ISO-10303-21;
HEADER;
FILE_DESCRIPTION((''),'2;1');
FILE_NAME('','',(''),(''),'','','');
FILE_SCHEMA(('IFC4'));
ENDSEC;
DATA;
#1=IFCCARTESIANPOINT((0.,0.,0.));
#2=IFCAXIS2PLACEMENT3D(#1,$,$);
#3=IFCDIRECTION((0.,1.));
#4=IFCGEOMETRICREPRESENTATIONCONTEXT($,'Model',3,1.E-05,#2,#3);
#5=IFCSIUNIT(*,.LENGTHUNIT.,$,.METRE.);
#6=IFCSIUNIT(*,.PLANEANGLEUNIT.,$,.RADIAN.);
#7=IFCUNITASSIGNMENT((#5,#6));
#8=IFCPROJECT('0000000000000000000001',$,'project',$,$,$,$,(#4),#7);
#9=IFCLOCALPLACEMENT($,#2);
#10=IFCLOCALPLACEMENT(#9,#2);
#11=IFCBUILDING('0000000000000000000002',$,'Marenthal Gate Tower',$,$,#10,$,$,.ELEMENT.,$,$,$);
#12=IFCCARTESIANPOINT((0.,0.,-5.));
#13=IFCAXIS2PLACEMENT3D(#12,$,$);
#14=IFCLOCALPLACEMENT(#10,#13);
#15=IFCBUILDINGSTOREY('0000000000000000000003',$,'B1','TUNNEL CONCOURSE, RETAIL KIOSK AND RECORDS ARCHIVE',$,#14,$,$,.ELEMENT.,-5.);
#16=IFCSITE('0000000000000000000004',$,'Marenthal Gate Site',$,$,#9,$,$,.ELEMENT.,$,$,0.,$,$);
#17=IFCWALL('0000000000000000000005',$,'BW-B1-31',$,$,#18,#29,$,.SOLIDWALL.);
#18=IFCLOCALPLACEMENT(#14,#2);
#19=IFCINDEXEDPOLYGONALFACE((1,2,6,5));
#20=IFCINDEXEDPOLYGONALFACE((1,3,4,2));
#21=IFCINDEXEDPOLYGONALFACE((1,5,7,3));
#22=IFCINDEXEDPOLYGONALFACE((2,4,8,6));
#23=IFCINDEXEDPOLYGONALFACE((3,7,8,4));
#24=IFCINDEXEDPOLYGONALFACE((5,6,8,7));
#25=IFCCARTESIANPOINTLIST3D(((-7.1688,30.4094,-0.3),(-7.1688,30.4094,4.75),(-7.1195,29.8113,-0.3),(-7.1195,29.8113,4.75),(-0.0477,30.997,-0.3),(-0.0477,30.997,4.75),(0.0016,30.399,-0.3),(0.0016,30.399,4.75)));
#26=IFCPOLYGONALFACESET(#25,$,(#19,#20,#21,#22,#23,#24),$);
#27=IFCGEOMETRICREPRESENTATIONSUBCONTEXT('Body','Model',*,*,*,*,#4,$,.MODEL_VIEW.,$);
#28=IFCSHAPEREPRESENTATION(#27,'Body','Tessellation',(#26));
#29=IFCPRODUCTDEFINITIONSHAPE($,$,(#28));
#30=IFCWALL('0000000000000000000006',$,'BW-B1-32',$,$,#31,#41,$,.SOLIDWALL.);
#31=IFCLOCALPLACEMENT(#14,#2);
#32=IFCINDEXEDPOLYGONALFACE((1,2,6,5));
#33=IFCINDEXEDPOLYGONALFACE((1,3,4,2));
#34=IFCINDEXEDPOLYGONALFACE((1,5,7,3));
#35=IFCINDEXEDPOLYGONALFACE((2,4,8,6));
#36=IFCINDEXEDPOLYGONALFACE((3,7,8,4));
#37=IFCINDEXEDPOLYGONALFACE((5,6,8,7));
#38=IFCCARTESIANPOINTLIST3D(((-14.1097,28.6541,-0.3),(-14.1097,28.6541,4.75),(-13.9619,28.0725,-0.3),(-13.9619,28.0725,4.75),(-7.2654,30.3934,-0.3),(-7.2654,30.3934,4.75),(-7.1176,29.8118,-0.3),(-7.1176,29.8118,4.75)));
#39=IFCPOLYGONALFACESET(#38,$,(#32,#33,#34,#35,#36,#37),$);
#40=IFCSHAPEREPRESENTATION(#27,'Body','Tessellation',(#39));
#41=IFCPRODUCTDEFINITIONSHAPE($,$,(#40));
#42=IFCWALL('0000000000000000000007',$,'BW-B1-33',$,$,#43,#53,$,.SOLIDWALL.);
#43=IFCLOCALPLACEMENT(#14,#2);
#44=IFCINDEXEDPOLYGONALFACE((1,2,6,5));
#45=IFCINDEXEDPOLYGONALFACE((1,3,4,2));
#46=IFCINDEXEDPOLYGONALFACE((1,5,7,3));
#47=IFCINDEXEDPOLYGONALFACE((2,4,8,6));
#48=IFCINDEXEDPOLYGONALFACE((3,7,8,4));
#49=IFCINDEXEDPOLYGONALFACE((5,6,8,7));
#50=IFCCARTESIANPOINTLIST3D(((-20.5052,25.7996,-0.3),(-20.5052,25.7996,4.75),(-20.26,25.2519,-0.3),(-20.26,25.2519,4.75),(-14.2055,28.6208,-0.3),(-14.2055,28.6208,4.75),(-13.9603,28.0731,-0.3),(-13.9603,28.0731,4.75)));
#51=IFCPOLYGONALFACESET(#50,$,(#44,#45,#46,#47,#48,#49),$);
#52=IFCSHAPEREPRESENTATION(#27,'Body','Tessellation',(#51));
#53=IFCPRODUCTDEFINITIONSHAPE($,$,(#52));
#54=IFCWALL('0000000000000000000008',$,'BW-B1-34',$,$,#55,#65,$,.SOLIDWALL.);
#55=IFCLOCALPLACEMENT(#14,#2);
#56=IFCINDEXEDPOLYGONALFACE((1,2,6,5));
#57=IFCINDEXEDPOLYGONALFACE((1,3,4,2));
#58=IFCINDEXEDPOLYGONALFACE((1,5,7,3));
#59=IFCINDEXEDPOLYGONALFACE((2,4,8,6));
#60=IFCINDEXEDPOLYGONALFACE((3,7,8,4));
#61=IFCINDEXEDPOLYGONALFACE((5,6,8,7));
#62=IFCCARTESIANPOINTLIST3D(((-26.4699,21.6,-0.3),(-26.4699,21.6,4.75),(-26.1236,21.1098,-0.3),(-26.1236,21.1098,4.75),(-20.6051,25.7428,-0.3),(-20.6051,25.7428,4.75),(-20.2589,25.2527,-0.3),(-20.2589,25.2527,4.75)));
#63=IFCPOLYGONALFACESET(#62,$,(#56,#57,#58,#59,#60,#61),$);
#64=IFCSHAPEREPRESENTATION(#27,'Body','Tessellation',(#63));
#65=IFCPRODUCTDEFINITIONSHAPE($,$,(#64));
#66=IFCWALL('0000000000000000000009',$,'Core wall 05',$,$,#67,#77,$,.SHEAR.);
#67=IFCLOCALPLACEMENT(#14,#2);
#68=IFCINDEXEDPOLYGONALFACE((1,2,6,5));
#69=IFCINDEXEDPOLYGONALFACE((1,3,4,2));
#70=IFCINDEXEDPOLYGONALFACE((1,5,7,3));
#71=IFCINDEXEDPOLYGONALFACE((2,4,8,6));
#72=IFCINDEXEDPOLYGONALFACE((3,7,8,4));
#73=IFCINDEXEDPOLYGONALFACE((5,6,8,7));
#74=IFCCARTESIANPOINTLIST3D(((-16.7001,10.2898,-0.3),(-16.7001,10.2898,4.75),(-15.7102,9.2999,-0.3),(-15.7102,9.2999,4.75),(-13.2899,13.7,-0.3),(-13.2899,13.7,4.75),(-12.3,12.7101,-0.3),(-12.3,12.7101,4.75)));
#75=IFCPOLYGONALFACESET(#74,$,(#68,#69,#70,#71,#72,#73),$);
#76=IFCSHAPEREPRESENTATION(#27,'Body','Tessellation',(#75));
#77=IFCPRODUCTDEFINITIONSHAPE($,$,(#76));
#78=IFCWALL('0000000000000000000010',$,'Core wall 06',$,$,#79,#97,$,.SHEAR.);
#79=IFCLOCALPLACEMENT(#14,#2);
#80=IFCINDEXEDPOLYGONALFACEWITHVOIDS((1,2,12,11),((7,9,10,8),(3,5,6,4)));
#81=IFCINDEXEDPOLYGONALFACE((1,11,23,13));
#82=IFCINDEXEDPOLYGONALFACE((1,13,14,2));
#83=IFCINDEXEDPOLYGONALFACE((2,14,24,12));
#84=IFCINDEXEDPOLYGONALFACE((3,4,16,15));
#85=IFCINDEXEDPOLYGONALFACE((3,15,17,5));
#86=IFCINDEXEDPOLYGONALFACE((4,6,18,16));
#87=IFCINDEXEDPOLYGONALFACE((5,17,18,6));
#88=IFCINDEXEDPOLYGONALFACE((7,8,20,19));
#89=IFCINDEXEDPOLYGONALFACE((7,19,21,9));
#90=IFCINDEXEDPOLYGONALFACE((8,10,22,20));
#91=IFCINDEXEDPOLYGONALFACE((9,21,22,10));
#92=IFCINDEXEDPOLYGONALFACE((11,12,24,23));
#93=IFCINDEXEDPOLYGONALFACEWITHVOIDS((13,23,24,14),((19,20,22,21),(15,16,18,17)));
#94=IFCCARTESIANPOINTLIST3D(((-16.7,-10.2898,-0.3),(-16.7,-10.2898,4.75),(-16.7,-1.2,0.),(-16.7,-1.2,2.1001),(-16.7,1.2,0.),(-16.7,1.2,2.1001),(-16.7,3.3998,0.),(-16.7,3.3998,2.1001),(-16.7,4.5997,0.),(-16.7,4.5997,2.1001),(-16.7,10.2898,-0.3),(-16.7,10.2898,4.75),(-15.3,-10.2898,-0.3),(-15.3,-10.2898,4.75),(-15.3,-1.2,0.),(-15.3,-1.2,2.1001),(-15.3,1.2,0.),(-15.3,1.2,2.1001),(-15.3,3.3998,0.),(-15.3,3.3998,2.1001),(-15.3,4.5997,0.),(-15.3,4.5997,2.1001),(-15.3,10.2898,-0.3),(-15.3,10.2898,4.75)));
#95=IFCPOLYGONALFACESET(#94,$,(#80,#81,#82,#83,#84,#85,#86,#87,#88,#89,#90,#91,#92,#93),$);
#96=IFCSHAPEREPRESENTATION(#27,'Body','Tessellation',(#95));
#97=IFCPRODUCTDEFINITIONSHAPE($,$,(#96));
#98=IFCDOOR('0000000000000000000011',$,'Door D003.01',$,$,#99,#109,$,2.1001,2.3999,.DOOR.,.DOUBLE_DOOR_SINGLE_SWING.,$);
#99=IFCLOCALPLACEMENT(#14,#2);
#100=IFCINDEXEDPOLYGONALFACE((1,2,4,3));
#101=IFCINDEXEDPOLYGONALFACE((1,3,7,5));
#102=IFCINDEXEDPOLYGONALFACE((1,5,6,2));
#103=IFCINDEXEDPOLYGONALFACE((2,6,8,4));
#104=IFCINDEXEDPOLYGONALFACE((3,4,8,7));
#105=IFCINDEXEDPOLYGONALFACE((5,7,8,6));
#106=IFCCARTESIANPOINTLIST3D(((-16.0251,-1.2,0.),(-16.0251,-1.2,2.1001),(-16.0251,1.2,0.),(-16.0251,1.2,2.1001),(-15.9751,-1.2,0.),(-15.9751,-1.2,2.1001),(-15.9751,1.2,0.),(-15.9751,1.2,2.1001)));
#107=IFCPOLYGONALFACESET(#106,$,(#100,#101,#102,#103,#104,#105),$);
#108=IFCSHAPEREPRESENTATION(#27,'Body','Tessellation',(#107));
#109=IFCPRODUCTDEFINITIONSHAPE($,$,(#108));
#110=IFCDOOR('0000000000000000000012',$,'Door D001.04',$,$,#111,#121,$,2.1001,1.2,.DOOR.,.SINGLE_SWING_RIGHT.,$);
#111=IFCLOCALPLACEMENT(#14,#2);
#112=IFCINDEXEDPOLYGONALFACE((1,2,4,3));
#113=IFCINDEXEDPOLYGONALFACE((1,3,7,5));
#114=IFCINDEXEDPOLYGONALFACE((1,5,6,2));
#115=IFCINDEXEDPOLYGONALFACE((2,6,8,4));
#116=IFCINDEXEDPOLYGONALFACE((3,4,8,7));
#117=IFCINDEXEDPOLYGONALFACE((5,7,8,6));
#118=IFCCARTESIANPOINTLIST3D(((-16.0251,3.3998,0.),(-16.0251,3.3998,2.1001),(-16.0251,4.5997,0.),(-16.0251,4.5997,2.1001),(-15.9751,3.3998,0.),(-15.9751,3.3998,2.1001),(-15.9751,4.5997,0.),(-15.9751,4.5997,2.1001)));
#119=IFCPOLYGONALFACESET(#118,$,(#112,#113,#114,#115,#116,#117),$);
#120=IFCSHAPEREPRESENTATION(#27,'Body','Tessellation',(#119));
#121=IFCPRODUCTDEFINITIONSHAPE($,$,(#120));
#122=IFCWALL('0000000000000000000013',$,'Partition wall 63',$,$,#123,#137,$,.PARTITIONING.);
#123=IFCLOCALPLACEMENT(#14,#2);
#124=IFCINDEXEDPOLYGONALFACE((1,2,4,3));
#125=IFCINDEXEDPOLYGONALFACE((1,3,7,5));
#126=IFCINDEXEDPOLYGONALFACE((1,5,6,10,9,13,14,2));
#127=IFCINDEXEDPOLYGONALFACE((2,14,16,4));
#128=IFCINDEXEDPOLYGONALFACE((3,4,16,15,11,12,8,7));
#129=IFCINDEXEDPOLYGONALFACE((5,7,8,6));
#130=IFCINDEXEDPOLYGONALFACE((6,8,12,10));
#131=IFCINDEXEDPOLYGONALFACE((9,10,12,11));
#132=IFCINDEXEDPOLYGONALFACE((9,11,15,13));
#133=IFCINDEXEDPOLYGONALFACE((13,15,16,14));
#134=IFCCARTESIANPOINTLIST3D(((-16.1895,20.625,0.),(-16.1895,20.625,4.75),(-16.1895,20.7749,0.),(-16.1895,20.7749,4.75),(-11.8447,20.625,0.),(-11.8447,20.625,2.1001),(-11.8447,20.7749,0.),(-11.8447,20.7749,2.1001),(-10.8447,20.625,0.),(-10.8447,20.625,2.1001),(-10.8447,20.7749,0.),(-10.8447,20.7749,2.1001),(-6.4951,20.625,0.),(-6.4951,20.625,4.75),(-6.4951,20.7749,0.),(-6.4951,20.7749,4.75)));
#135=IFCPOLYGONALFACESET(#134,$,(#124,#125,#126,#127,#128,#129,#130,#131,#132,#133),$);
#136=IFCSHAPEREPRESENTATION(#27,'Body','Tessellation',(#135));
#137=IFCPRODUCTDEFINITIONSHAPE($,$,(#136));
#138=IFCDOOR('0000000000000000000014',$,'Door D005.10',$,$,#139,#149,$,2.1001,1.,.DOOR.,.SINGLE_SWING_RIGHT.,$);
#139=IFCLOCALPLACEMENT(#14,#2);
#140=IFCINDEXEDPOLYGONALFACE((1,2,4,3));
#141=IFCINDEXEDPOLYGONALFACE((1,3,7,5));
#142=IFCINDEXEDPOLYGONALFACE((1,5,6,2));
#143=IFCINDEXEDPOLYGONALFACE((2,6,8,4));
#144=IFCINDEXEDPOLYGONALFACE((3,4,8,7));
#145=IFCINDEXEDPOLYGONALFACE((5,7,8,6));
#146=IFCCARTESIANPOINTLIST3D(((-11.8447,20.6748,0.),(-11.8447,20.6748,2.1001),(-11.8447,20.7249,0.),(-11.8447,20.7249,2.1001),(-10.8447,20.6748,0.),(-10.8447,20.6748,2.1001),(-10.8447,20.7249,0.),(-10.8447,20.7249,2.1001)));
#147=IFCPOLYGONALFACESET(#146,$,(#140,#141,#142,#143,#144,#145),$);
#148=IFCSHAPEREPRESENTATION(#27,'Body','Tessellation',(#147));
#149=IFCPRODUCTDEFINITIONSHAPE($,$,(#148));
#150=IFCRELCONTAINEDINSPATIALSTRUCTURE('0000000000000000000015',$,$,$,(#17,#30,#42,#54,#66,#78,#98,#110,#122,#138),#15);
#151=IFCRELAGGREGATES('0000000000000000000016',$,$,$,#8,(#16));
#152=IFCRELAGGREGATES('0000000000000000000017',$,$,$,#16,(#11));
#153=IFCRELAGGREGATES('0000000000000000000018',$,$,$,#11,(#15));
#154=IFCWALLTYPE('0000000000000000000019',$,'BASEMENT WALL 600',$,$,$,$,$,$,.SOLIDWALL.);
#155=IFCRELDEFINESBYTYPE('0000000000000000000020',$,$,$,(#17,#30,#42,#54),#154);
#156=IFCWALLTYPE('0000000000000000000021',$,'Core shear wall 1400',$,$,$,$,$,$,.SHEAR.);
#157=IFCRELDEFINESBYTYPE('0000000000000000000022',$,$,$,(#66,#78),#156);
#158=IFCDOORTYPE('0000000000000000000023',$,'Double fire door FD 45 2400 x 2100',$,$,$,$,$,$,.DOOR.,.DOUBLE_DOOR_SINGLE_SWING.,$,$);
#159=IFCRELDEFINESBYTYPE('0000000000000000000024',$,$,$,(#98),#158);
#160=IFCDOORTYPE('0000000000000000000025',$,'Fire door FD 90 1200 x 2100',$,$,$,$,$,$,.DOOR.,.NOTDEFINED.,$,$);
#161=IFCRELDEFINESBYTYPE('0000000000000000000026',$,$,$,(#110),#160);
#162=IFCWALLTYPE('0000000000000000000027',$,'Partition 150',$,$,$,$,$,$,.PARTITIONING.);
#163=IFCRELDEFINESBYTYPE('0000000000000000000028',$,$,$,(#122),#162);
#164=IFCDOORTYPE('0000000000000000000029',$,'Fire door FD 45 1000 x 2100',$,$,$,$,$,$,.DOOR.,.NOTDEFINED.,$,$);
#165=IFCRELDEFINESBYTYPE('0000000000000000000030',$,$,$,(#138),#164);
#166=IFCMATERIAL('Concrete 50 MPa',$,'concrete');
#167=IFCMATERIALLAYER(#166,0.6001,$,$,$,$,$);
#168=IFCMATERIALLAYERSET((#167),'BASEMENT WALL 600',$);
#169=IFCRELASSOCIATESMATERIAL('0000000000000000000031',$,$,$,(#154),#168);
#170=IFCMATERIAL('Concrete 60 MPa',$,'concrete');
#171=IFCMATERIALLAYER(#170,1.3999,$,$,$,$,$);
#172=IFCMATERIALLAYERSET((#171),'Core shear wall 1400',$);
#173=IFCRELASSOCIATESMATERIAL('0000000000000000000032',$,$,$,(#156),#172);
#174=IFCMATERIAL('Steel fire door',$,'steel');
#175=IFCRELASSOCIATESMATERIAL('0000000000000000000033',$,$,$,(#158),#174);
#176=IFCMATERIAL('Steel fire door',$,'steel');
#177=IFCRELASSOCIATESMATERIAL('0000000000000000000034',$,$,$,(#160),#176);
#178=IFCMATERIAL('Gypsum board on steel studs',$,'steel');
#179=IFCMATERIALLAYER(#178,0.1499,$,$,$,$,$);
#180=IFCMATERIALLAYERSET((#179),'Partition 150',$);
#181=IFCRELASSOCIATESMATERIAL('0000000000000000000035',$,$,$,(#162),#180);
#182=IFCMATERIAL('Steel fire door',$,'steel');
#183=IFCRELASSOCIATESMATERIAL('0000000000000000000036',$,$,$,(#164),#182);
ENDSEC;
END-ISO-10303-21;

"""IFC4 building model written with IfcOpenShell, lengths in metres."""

from ifc_helpers import new_model, si_unit, direction, frame, frame_2d, origin, place, context, subcontext, project, spatial, rectangle, extrude, material, layer, layer_set, type_object, element, fill, save


model = new_model("IFC4")

# Units and contexts
model_context = context("Model", 3, precision=1e-05, world=origin(), true_north=direction((0.0, 1.0)))
body_context = subcontext(model_context, "Body", "Model", "MODEL_VIEW")
ifc_project = project(units=[si_unit("LENGTHUNIT", "METRE"), si_unit("PLANEANGLEUNIT", "RADIAN")], contexts=[model_context])

# Site, building, storey
site_placement = place(None, origin())
site = spatial("IfcSite", under=ifc_project, at=site_placement, Name="Marenthal Gate Site", CompositionType="ELEMENT", RefElevation=0.0)
building_placement = place(site_placement, origin())
building = spatial("IfcBuilding", under=site, at=building_placement, Name="Marenthal Gate Tower", CompositionType="ELEMENT")
storey_placement = place(building_placement, frame((0.0, 0.0, -5.0)))
storey = spatial("IfcBuildingStorey", under=building, at=storey_placement, Name="B1", Description="TUNNEL CONCOURSE, RETAIL KIOSK AND RECORDS ARCHIVE", CompositionType="ELEMENT", Elevation=-5.0)

# Walls
ifc_material_1 = material(Name="Concrete 50 MPa", Category="concrete")
ifc_layer_1 = layer(ifc_material_1, 0.6001)
ifc_layer_set_1 = layer_set([ifc_layer_1], Name="BASEMENT WALL 600")
wall_type_1 = type_object("IfcWallType", Name="BASEMENT WALL 600", PredefinedType="SOLIDWALL", material=ifc_layer_set_1)
wall_1_placement = place(storey_placement, frame((-0.0229, 30.698, -0.3), z_axis=(0.0, 0.0, 1.0), x_axis=(-0.996612, -0.082242, 0.0)))
element("IfcWall", 1, at=wall_1_placement, inside=storey, type_object=wall_type_1, Name="BW-B1-31", PredefinedType="SOLIDWALL", context=body_context, shape_type="SweptSolid", body=[
    extrude(rectangle(XDim=7.1453, YDim=0.6001, at=frame_2d((3.5728, 0.0))), origin(), (0.0, 0.0, 1.0), 5.05),
])
wall_2_placement = place(storey_placement, frame((-7.1917, 30.1025, -0.3), z_axis=(0.0, 0.0, 1.0), x_axis=(-0.969196, -0.246292, 0.0)))
element("IfcWall", 2, at=wall_2_placement, inside=storey, type_object=wall_type_1, Name="BW-B1-32", PredefinedType="SOLIDWALL", context=body_context, shape_type="SweptSolid", body=[
    extrude(rectangle(XDim=7.0618, YDim=0.6001, at=frame_2d((3.5308, 0.0))), origin(), (0.0, 0.0, 1.0), 5.05),
])
wall_3_placement = place(storey_placement, frame((-14.083, 28.3469, -0.3), z_axis=(0.0, 0.0, 1.0), x_axis=(-0.912659, -0.408723, 0.0)))
element("IfcWall", 3, at=wall_3_placement, inside=storey, type_object=wall_type_1, Name="BW-B1-33", PredefinedType="SOLIDWALL", context=body_context, shape_type="SweptSolid", body=[
    extrude(rectangle(XDim=6.9026, YDim=0.6001, at=frame_2d((3.4512, 0.0))), origin(), (0.0, 0.0, 1.0), 5.05),
])
wall_4_placement = place(storey_placement, frame((-20.4319, 25.4978, -0.3), z_axis=(0.0, 0.0, 1.0), x_axis=(-0.816771, -0.576962, 0.0)))
element("IfcWall", 4, at=wall_4_placement, inside=storey, type_object=wall_type_1, Name="BW-B1-34", PredefinedType="SOLIDWALL", context=body_context, shape_type="SweptSolid", body=[
    extrude(rectangle(XDim=7.1804, YDim=0.6001, at=frame_2d((3.5903, 0.0))), origin(), (0.0, 0.0, 1.0), 5.05),
])
ifc_material_2 = material(Name="Concrete 60 MPa", Category="concrete")
ifc_layer_2 = layer(ifc_material_2, 1.3999)
ifc_layer_set_2 = layer_set([ifc_layer_2], Name="Core shear wall 1400")
wall_type_2 = type_object("IfcWallType", Name="Core shear wall 1400", PredefinedType="SHEAR", material=ifc_layer_set_2)
wall_5_placement = place(storey_placement, frame((-12.7949, 13.2051, -0.3), z_axis=(0.0, 0.0, 1.0), x_axis=(-0.707107, -0.707107, 0.0)))
element("IfcWall", 5, at=wall_5_placement, inside=storey, type_object=wall_type_2, Name="Core wall 05", PredefinedType="SHEAR", context=body_context, shape_type="SweptSolid", body=[
    extrude(rectangle(XDim=4.8228, YDim=1.3999, at=frame_2d((2.4114, 0.0))), origin(), (0.0, 0.0, 1.0), 5.05),
])

# Wall, openings, doors
wall_6_placement = place(storey_placement, frame((-16.0, 10.2898, -0.3), z_axis=(0.0, 0.0, 1.0), x_axis=(0.0, -1.0, 0.0)))
wall_6 = element("IfcWall", 6, at=wall_6_placement, inside=storey, type_object=wall_type_2, Name="Core wall 06", PredefinedType="SHEAR", context=body_context, shape_type="SweptSolid", body=[
    extrude(rectangle(XDim=20.5796, YDim=1.3999, at=frame_2d((10.2898, 0.0))), origin(), (0.0, 0.0, 1.0), 5.05),
])
opening_1_placement = place(wall_6_placement, frame((9.0898, 0.0, 0.3)))
opening_1 = element("IfcOpeningElement", 7, at=opening_1_placement, cuts=wall_6, PredefinedType="OPENING", context=body_context, shape_type="SweptSolid", body=[
    extrude(rectangle(XDim=2.3999, YDim=2.1001, at=frame_2d((1.2, 1.05))), frame((0.0, 0.71, 0.0), z_axis=(0.0, -1.0, 0.0), x_axis=(1.0, 0.0, 0.0)), (0.0, 0.0, 1.0), 1.4199),
])
opening_2_placement = place(wall_6_placement, frame((5.6899, 0.0, 0.3)))
opening_2 = element("IfcOpeningElement", 8, at=opening_2_placement, cuts=wall_6, PredefinedType="OPENING", context=body_context, shape_type="SweptSolid", body=[
    extrude(rectangle(XDim=1.2, YDim=2.1001, at=frame_2d((0.6001, 1.05))), frame((0.0, 0.71, 0.0), z_axis=(0.0, -1.0, 0.0), x_axis=(1.0, 0.0, 0.0)), (0.0, 0.0, 1.0), 1.4199),
])
ifc_material_3 = material(Name="Steel fire door", Category="steel")
door_type_1 = type_object("IfcDoorType", Name="Double fire door FD 45 2400 x 2100", OperationType="DOUBLE_DOOR_SINGLE_SWING", PredefinedType="DOOR", material=ifc_material_3)
door_1_placement = place(opening_1_placement, origin())
door_1 = element("IfcDoor", 9, at=door_1_placement, inside=storey, type_object=door_type_1, Name="Door D003.01", OperationType="DOUBLE_DOOR_SINGLE_SWING", OverallHeight=2.1001, OverallWidth=2.3999, PredefinedType="DOOR", context=body_context, shape_type="SweptSolid", body=[
    extrude(rectangle(XDim=2.3999, YDim=2.1001, at=frame_2d((1.2, 1.05))), frame((0.0, 0.0249, 0.0), z_axis=(0.0, -1.0, 0.0), x_axis=(1.0, 0.0, 0.0)), (0.0, 0.0, 1.0), 0.05),
])
fill(opening_1, door_1)
ifc_material_4 = material(Name="Steel fire door", Category="steel")
door_type_2 = type_object("IfcDoorType", Name="Fire door FD 90 1200 x 2100", OperationType="NOTDEFINED", PredefinedType="DOOR", material=ifc_material_4)
door_2_placement = place(opening_2_placement, origin())
door_2 = element("IfcDoor", 10, at=door_2_placement, inside=storey, type_object=door_type_2, Name="Door D001.04", OperationType="SINGLE_SWING_RIGHT", OverallHeight=2.1001, OverallWidth=1.2, PredefinedType="DOOR", context=body_context, shape_type="SweptSolid", body=[
    extrude(rectangle(XDim=1.2, YDim=2.1001, at=frame_2d((0.6001, 1.05))), frame((0.0, 0.0249, 0.0), z_axis=(0.0, -1.0, 0.0), x_axis=(1.0, 0.0, 0.0)), (0.0, 0.0, 1.0), 0.05),
])
fill(opening_2, door_2)

# Wall, opening, door
ifc_material_5 = material(Name="Gypsum board on steel studs", Category="steel")
ifc_layer_3 = layer(ifc_material_5, 0.1499)
ifc_layer_set_3 = layer_set([ifc_layer_3], Name="Partition 150")
wall_type_3 = type_object("IfcWallType", Name="Partition 150", PredefinedType="PARTITIONING", material=ifc_layer_set_3)
wall_7_placement = place(storey_placement, frame((-16.1895, 20.7, 0.0), z_axis=(0.0, 0.0, 1.0), x_axis=(1.0, 0.0, 0.0)))
wall_7 = element("IfcWall", 11, at=wall_7_placement, inside=storey, type_object=wall_type_3, Name="Partition wall 63", PredefinedType="PARTITIONING", context=body_context, shape_type="SweptSolid", body=[
    extrude(rectangle(XDim=9.6943, YDim=0.1499, at=frame_2d((4.8472, 0.0))), origin(), (0.0, 0.0, 1.0), 4.75),
])
opening_3_placement = place(wall_7_placement, frame((4.3447, 0.0, 0.0)))
opening_3 = element("IfcOpeningElement", 12, at=opening_3_placement, cuts=wall_7, PredefinedType="OPENING", context=body_context, shape_type="SweptSolid", body=[
    extrude(rectangle(XDim=1.0, YDim=2.1001, at=frame_2d((0.5, 1.05))), frame((0.0, 0.085, 0.0), z_axis=(0.0, -1.0, 0.0), x_axis=(1.0, 0.0, 0.0)), (0.0, 0.0, 1.0), 0.1699),
])
ifc_material_6 = material(Name="Steel fire door", Category="steel")
door_type_3 = type_object("IfcDoorType", Name="Fire door FD 45 1000 x 2100", OperationType="NOTDEFINED", PredefinedType="DOOR", material=ifc_material_6)
door_3_placement = place(opening_3_placement, origin())
door_3 = element("IfcDoor", 13, at=door_3_placement, inside=storey, type_object=door_type_3, Name="Door D005.10", OperationType="SINGLE_SWING_RIGHT", OverallHeight=2.1001, OverallWidth=1.0, PredefinedType="DOOR", context=body_context, shape_type="SweptSolid", body=[
    extrude(rectangle(XDim=1.0, YDim=2.1001, at=frame_2d((0.5, 1.05))), frame((0.0, 0.0249, 0.0), z_axis=(0.0, -1.0, 0.0), x_axis=(1.0, 0.0, 0.0)), (0.0, 0.0, 1.0), 0.05),
])
fill(opening_3, door_3)

save(model, "model.ifc")
